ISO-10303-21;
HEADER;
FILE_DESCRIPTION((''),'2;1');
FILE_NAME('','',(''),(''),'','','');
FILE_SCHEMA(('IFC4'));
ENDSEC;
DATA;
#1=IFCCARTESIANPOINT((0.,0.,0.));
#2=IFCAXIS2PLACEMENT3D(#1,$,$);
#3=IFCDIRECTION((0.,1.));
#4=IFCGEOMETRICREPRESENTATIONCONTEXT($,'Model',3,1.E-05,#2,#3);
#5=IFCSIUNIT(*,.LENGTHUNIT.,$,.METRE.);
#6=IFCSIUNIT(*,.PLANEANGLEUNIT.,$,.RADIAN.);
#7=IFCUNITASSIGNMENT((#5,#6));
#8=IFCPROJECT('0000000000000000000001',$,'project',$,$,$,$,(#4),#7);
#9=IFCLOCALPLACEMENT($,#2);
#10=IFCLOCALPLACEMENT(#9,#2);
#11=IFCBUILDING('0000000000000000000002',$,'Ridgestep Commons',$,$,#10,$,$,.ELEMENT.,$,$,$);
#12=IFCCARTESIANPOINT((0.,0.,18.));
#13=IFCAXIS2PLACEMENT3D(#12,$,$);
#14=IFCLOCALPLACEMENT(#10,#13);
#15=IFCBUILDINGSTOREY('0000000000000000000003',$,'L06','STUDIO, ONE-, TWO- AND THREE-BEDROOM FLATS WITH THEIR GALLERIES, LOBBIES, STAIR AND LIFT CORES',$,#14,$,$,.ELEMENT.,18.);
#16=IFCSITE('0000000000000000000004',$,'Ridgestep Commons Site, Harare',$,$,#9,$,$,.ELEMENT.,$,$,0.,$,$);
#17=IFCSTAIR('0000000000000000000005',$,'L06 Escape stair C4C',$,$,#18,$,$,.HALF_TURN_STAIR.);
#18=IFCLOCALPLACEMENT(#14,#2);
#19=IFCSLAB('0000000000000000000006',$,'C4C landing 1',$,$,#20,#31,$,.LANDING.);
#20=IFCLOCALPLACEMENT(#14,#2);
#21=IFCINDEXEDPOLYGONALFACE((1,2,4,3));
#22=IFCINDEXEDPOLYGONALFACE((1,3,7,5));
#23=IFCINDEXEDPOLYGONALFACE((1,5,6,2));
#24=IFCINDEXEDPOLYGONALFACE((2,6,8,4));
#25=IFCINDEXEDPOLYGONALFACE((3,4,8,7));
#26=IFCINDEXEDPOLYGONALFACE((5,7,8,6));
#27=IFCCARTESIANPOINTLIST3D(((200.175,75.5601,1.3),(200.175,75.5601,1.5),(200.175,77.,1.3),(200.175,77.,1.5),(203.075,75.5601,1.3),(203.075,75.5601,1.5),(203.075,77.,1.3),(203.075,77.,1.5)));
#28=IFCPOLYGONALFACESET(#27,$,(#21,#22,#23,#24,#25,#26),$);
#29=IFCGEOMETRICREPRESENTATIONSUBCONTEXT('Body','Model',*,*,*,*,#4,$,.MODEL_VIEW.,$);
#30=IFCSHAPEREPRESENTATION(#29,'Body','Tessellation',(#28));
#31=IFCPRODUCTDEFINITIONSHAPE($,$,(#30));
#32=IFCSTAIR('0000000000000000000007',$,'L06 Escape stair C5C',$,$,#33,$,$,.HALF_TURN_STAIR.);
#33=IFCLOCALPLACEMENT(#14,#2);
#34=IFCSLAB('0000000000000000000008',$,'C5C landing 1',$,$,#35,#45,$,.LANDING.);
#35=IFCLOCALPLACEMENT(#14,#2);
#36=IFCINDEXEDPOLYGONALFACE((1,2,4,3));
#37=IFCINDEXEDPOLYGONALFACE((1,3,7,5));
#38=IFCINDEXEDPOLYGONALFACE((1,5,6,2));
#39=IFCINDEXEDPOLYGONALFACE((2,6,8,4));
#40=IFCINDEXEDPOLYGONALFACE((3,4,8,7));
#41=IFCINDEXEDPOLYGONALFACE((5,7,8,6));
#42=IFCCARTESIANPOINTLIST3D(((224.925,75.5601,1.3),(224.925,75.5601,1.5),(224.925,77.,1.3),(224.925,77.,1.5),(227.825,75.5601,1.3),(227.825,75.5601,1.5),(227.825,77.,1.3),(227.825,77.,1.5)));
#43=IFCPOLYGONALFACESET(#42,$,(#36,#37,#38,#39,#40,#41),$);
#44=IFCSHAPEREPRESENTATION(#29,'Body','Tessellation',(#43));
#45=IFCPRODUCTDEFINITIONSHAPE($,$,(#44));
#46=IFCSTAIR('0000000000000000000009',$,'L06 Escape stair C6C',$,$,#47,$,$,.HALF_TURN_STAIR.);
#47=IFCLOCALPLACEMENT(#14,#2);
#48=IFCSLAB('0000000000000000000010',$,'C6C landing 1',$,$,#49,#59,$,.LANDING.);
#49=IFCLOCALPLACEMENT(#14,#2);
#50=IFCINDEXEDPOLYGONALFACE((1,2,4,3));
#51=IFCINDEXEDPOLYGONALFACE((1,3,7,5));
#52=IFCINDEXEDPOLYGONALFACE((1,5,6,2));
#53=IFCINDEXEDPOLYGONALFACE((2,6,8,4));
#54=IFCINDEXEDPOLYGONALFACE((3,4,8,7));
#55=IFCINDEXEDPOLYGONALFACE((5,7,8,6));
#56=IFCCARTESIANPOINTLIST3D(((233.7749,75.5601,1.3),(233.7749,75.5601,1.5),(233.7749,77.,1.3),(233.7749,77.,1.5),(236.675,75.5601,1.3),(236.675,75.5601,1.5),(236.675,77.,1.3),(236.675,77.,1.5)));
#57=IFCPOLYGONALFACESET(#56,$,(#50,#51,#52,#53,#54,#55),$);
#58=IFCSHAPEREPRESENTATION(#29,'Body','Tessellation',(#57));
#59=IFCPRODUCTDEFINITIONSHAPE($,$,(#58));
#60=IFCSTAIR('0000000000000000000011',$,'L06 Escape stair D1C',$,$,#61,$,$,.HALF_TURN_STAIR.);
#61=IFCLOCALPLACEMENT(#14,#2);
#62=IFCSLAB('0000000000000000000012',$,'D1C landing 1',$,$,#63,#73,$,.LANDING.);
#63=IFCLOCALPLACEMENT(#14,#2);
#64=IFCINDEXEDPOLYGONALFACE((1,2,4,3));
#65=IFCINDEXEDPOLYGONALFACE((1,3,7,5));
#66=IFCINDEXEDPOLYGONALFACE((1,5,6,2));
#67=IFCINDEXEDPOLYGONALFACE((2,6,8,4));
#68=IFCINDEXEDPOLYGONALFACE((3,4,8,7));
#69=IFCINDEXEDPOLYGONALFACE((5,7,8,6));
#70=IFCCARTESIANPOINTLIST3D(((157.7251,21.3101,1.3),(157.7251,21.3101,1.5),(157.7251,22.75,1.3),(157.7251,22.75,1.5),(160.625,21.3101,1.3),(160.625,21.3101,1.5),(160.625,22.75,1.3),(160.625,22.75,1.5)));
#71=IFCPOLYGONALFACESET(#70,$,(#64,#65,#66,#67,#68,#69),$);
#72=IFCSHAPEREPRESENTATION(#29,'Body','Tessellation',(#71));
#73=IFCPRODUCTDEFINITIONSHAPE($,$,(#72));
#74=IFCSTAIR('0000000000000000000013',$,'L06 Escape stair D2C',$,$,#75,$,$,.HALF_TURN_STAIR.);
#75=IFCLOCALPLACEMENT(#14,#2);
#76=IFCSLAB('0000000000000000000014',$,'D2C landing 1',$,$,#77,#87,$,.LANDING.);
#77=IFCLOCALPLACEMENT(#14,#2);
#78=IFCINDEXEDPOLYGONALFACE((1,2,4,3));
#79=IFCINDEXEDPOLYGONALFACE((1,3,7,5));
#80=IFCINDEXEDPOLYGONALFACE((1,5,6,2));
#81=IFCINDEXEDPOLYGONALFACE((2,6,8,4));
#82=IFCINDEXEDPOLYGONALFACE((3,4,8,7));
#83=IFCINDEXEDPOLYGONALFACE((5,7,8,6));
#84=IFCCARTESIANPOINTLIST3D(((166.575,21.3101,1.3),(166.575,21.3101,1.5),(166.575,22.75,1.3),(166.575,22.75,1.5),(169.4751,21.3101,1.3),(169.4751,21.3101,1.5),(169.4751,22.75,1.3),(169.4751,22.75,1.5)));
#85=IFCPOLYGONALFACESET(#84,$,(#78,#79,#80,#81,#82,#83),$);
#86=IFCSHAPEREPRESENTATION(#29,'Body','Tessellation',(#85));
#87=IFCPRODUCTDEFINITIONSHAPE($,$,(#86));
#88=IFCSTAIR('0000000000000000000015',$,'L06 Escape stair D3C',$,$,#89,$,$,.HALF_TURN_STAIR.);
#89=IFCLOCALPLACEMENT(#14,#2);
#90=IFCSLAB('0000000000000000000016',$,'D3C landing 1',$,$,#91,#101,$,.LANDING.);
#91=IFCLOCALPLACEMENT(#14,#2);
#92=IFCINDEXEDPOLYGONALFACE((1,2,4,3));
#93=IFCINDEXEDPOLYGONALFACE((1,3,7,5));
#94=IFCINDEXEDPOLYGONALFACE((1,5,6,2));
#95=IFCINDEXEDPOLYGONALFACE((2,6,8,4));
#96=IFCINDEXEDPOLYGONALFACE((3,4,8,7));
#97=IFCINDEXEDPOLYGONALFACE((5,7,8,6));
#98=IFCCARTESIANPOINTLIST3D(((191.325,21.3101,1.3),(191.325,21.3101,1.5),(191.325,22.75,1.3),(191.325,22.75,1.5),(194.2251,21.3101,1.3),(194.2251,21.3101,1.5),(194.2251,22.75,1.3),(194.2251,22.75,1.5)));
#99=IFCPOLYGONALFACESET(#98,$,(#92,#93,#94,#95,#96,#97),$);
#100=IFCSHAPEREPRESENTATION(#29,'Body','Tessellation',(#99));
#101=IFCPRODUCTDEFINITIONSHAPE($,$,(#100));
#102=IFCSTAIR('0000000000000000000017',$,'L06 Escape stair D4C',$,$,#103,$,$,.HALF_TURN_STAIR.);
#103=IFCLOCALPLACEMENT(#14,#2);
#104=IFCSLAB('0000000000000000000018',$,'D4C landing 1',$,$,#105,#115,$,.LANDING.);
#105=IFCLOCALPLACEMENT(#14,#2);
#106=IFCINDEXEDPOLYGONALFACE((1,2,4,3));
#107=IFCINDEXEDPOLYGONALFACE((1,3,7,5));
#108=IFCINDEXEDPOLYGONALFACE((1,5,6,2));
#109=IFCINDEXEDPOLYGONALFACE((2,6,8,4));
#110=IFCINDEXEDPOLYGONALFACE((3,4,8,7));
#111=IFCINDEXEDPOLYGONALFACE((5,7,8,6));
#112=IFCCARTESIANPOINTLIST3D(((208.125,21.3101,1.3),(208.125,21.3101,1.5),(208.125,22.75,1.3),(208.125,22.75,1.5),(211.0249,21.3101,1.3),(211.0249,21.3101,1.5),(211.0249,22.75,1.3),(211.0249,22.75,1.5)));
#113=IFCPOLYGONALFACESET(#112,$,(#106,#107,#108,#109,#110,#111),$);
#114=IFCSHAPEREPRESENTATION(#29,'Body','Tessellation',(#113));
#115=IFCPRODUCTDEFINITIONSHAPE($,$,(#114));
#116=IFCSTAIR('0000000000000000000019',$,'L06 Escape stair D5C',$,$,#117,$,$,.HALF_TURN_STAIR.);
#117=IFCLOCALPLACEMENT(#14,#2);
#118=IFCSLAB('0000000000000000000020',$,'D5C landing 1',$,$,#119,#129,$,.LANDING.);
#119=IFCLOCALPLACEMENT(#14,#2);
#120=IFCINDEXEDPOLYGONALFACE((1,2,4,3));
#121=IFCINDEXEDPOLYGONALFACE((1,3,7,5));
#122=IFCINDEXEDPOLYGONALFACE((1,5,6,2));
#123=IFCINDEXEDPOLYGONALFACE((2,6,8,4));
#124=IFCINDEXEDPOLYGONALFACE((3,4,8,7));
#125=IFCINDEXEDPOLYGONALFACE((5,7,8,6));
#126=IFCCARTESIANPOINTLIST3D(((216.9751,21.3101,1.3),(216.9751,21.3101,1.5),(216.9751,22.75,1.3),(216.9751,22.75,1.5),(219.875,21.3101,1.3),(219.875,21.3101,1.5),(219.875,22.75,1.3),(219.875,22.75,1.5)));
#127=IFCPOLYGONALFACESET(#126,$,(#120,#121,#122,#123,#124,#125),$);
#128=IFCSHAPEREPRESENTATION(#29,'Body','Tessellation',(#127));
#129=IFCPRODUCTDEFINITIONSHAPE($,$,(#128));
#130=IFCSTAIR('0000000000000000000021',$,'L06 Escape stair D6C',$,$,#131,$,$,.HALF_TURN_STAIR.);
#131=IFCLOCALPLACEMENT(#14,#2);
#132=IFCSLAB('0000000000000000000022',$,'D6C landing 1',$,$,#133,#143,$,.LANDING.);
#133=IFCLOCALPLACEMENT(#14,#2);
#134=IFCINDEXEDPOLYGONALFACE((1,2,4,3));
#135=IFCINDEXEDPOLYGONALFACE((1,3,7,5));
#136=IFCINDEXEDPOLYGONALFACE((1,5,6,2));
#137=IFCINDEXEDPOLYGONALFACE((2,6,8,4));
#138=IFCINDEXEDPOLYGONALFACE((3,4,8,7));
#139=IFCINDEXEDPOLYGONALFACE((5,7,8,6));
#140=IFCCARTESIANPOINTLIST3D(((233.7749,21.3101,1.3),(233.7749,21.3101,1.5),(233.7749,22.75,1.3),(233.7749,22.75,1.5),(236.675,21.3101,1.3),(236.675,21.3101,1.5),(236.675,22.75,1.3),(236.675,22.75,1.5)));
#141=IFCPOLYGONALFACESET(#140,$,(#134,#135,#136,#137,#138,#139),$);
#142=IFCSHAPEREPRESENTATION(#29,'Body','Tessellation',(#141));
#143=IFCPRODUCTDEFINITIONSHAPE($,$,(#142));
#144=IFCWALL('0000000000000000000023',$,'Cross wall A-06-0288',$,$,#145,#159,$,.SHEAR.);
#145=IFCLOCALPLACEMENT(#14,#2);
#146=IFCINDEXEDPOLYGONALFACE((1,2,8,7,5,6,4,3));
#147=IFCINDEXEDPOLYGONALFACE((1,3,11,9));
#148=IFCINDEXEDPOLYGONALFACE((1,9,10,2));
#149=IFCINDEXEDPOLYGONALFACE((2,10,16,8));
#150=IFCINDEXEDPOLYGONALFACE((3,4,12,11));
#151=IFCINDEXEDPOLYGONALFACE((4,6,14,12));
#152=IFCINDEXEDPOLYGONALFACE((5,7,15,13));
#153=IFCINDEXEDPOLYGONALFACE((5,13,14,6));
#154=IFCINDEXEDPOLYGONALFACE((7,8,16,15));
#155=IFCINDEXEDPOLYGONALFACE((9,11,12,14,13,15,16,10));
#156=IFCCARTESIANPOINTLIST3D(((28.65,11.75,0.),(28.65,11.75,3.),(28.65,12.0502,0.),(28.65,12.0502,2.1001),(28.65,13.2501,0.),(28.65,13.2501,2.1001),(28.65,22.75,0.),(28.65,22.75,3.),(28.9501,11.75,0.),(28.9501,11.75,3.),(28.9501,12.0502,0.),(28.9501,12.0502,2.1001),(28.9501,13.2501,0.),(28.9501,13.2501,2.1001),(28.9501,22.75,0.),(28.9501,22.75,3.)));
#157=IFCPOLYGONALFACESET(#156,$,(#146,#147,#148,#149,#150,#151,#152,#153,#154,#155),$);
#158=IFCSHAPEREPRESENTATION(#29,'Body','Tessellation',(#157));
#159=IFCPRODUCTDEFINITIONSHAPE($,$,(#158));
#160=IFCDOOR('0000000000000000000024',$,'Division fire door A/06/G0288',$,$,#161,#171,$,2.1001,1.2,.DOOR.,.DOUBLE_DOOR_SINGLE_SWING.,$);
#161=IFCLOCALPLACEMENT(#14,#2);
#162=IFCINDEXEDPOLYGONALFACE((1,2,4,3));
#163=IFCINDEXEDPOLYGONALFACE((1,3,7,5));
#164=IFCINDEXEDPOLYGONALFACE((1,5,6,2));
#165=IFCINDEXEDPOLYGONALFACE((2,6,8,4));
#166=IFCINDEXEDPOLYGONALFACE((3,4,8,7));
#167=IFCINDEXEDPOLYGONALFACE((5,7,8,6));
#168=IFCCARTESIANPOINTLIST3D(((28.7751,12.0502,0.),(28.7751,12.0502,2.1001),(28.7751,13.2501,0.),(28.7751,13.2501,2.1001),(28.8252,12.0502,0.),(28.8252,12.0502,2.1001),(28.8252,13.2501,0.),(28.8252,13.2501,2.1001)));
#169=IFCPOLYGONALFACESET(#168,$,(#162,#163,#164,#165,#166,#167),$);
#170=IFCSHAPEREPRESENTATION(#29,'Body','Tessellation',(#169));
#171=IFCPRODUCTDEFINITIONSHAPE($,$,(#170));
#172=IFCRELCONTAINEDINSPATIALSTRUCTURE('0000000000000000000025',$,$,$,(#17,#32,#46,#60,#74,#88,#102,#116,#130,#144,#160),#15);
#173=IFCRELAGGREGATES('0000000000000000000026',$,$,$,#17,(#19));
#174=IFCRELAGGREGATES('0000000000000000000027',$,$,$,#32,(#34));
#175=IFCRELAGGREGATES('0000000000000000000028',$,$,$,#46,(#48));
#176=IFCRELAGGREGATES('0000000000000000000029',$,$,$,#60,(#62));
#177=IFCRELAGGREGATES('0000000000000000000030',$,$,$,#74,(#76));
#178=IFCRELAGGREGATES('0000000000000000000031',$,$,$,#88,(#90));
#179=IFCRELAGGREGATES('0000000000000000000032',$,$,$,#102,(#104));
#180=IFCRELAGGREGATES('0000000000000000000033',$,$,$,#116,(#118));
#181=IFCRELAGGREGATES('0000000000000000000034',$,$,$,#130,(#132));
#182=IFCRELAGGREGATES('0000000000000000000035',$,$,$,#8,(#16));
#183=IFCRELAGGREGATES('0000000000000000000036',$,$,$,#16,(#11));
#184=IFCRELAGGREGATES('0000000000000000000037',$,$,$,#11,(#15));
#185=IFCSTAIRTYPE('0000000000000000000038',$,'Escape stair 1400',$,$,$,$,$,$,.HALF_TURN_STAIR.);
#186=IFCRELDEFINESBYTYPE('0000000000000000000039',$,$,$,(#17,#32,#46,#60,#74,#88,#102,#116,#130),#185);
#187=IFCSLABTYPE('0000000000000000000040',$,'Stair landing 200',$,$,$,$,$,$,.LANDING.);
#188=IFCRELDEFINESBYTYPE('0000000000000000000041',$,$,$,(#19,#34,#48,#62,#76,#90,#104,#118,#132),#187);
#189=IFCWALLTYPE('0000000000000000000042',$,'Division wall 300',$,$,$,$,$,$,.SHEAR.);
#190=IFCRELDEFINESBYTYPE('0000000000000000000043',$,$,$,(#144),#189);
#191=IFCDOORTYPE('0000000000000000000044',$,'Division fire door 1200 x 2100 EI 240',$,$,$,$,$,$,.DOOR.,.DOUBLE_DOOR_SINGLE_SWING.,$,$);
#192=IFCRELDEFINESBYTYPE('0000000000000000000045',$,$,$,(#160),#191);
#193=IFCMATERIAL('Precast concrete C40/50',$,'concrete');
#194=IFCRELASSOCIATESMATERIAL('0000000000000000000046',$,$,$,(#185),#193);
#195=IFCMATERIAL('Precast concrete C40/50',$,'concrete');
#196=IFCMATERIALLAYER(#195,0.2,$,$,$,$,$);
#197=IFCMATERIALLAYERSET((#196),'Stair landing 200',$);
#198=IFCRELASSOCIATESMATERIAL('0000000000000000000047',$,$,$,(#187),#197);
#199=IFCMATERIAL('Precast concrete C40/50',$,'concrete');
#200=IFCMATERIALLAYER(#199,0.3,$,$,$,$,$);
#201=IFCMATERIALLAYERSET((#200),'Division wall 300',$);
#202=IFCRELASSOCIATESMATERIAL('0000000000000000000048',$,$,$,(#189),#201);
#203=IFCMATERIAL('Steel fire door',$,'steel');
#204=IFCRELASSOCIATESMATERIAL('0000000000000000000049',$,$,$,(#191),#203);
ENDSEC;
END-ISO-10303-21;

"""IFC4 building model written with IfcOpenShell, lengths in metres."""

from ifc_helpers import new_model, si_unit, direction, frame, frame_2d, origin, place, context, subcontext, project, spatial, polyline, rectangle, outline, extrude, material, layer, layer_set, type_object, element, fill, aggregate, save


model = new_model("IFC4")

# Units and contexts
model_context = context("Model", 3, precision=1e-05, world=origin(), true_north=direction((0.0, 1.0)))
body_context = subcontext(model_context, "Body", "Model", "MODEL_VIEW")
ifc_project = project(units=[si_unit("LENGTHUNIT", "METRE"), si_unit("PLANEANGLEUNIT", "RADIAN")], contexts=[model_context])

# Site, building, storey
site_placement = place(None, origin())
site = spatial("IfcSite", under=ifc_project, at=site_placement, Name="Ridgestep Commons Site, Harare", CompositionType="ELEMENT", RefElevation=0.0)
building_placement = place(site_placement, origin())
building = spatial("IfcBuilding", under=site, at=building_placement, Name="Ridgestep Commons", CompositionType="ELEMENT")
storey_placement = place(building_placement, frame((0.0, 0.0, 18.0)))
storey = spatial("IfcBuildingStorey", under=building, at=storey_placement, Name="L06", Description="STUDIO, ONE-, TWO- AND THREE-BEDROOM FLATS WITH THEIR GALLERIES, LOBBIES, STAIR AND LIFT CORES", CompositionType="ELEMENT", Elevation=18.0)

# Stairs, slabs
ifc_material_1 = material(Name="Precast concrete C40/50", Category="concrete")
stair_type = type_object("IfcStairType", Name="Escape stair 1400", PredefinedType="HALF_TURN_STAIR", material=ifc_material_1)
ifc_material_2 = material(Name="Precast concrete C40/50", Category="concrete")
ifc_layer_1 = layer(ifc_material_2, 0.2)
ifc_layer_set_1 = layer_set([ifc_layer_1], Name="Stair landing 200")
slab_type = type_object("IfcSlabType", Name="Stair landing 200", PredefinedType="LANDING", material=ifc_layer_set_1)
stair_1_placement = place(storey_placement, origin())
stair_1 = element("IfcStair", 1, at=stair_1_placement, inside=storey, type_object=stair_type, Name="L06 Escape stair C4C", PredefinedType="HALF_TURN_STAIR")
slab_1_placement = place(storey_placement, frame((0.0, 0.0, 1.3)))
slab_1 = element("IfcSlab", 2, at=slab_1_placement, type_object=slab_type, Name="C4C landing 1", PredefinedType="LANDING", context=body_context, shape_type="SweptSolid", body=[
    extrude(outline(polyline([(203.075, 75.5601), (203.075, 77.0), (200.175, 77.0), (200.175, 75.5601), (203.075, 75.5601)])), origin(), (0.0, 0.0, 1.0), 0.2),
])
aggregate(stair_1, [slab_1])
stair_2_placement = place(storey_placement, origin())
stair_2 = element("IfcStair", 3, at=stair_2_placement, inside=storey, type_object=stair_type, Name="L06 Escape stair C5C", PredefinedType="HALF_TURN_STAIR")
slab_2_placement = place(storey_placement, frame((0.0, 0.0, 1.3)))
slab_2 = element("IfcSlab", 4, at=slab_2_placement, type_object=slab_type, Name="C5C landing 1", PredefinedType="LANDING", context=body_context, shape_type="SweptSolid", body=[
    extrude(outline(polyline([(227.825, 75.5601), (227.825, 77.0), (224.925, 77.0), (224.925, 75.5601), (227.825, 75.5601)])), origin(), (0.0, 0.0, 1.0), 0.2),
])
aggregate(stair_2, [slab_2])
stair_3_placement = place(storey_placement, origin())
stair_3 = element("IfcStair", 5, at=stair_3_placement, inside=storey, type_object=stair_type, Name="L06 Escape stair C6C", PredefinedType="HALF_TURN_STAIR")
slab_3_placement = place(storey_placement, frame((0.0, 0.0, 1.3)))
slab_3 = element("IfcSlab", 6, at=slab_3_placement, type_object=slab_type, Name="C6C landing 1", PredefinedType="LANDING", context=body_context, shape_type="SweptSolid", body=[
    extrude(outline(polyline([(236.675, 75.5601), (236.675, 77.0), (233.7749, 77.0), (233.7749, 75.5601), (236.675, 75.5601)])), origin(), (0.0, 0.0, 1.0), 0.2),
])
aggregate(stair_3, [slab_3])
stair_4_placement = place(storey_placement, origin())
stair_4 = element("IfcStair", 7, at=stair_4_placement, inside=storey, type_object=stair_type, Name="L06 Escape stair D1C", PredefinedType="HALF_TURN_STAIR")
slab_4_placement = place(storey_placement, frame((0.0, 0.0, 1.3)))
slab_4 = element("IfcSlab", 8, at=slab_4_placement, type_object=slab_type, Name="D1C landing 1", PredefinedType="LANDING", context=body_context, shape_type="SweptSolid", body=[
    extrude(outline(polyline([(160.625, 21.3101), (160.625, 22.75), (157.7251, 22.75), (157.7251, 21.3101), (160.625, 21.3101)])), origin(), (0.0, 0.0, 1.0), 0.2),
])
aggregate(stair_4, [slab_4])
stair_5_placement = place(storey_placement, origin())
stair_5 = element("IfcStair", 9, at=stair_5_placement, inside=storey, type_object=stair_type, Name="L06 Escape stair D2C", PredefinedType="HALF_TURN_STAIR")
slab_5_placement = place(storey_placement, frame((0.0, 0.0, 1.3)))
slab_5 = element("IfcSlab", 10, at=slab_5_placement, type_object=slab_type, Name="D2C landing 1", PredefinedType="LANDING", context=body_context, shape_type="SweptSolid", body=[
    extrude(outline(polyline([(169.4751, 21.3101), (169.4751, 22.75), (166.575, 22.75), (166.575, 21.3101), (169.4751, 21.3101)])), origin(), (0.0, 0.0, 1.0), 0.2),
])
aggregate(stair_5, [slab_5])
stair_6_placement = place(storey_placement, origin())
stair_6 = element("IfcStair", 11, at=stair_6_placement, inside=storey, type_object=stair_type, Name="L06 Escape stair D3C", PredefinedType="HALF_TURN_STAIR")
slab_6_placement = place(storey_placement, frame((0.0, 0.0, 1.3)))
slab_6 = element("IfcSlab", 12, at=slab_6_placement, type_object=slab_type, Name="D3C landing 1", PredefinedType="LANDING", context=body_context, shape_type="SweptSolid", body=[
    extrude(outline(polyline([(194.2251, 21.3101), (194.2251, 22.75), (191.325, 22.75), (191.325, 21.3101), (194.2251, 21.3101)])), origin(), (0.0, 0.0, 1.0), 0.2),
])
aggregate(stair_6, [slab_6])
stair_7_placement = place(storey_placement, origin())
stair_7 = element("IfcStair", 13, at=stair_7_placement, inside=storey, type_object=stair_type, Name="L06 Escape stair D4C", PredefinedType="HALF_TURN_STAIR")
slab_7_placement = place(storey_placement, frame((0.0, 0.0, 1.3)))
slab_7 = element("IfcSlab", 14, at=slab_7_placement, type_object=slab_type, Name="D4C landing 1", PredefinedType="LANDING", context=body_context, shape_type="SweptSolid", body=[
    extrude(outline(polyline([(211.0249, 21.3101), (211.0249, 22.75), (208.125, 22.75), (208.125, 21.3101), (211.0249, 21.3101)])), origin(), (0.0, 0.0, 1.0), 0.2),
])
aggregate(stair_7, [slab_7])
stair_8_placement = place(storey_placement, origin())
stair_8 = element("IfcStair", 15, at=stair_8_placement, inside=storey, type_object=stair_type, Name="L06 Escape stair D5C", PredefinedType="HALF_TURN_STAIR")
slab_8_placement = place(storey_placement, frame((0.0, 0.0, 1.3)))
slab_8 = element("IfcSlab", 16, at=slab_8_placement, type_object=slab_type, Name="D5C landing 1", PredefinedType="LANDING", context=body_context, shape_type="SweptSolid", body=[
    extrude(outline(polyline([(219.875, 21.3101), (219.875, 22.75), (216.9751, 22.75), (216.9751, 21.3101), (219.875, 21.3101)])), origin(), (0.0, 0.0, 1.0), 0.2),
])
aggregate(stair_8, [slab_8])
stair_9_placement = place(storey_placement, origin())
stair_9 = element("IfcStair", 17, at=stair_9_placement, inside=storey, type_object=stair_type, Name="L06 Escape stair D6C", PredefinedType="HALF_TURN_STAIR")
slab_9_placement = place(storey_placement, frame((0.0, 0.0, 1.3)))
slab_9 = element("IfcSlab", 18, at=slab_9_placement, type_object=slab_type, Name="D6C landing 1", PredefinedType="LANDING", context=body_context, shape_type="SweptSolid", body=[
    extrude(outline(polyline([(236.675, 21.3101), (236.675, 22.75), (233.7749, 22.75), (233.7749, 21.3101), (236.675, 21.3101)])), origin(), (0.0, 0.0, 1.0), 0.2),
])
aggregate(stair_9, [slab_9])

# Wall, opening, door
ifc_material_3 = material(Name="Precast concrete C40/50", Category="concrete")
ifc_layer_2 = layer(ifc_material_3, 0.3)
ifc_layer_set_2 = layer_set([ifc_layer_2], Name="Division wall 300")
wall_type_1 = type_object("IfcWallType", Name="Division wall 300", PredefinedType="SHEAR", material=ifc_layer_set_2)
wall_1_placement = place(storey_placement, frame((28.8, 11.75, 0.0), z_axis=(0.0, 0.0, 1.0), x_axis=(0.0, 1.0, 0.0)))
wall_1 = element("IfcWall", 19, at=wall_1_placement, inside=storey, type_object=wall_type_1, Name="Cross wall A-06-0288", PredefinedType="SHEAR", context=body_context, shape_type="SweptSolid", body=[
    extrude(rectangle(XDim=11.0, YDim=0.3, at=frame_2d((5.5, 0.0))), origin(), (0.0, 0.0, 1.0), 3.0),
])
opening_1_placement = place(wall_1_placement, frame((0.3, 0.0, 0.0)))
opening_1 = element("IfcOpeningElement", 20, at=opening_1_placement, cuts=wall_1, PredefinedType="OPENING", context=body_context, shape_type="SweptSolid", body=[
    extrude(rectangle(XDim=1.2, YDim=2.1001, at=frame_2d((0.6001, 1.05))), frame((0.0, 0.1599, 0.0), z_axis=(0.0, -1.0, 0.0), x_axis=(1.0, 0.0, 0.0)), (0.0, 0.0, 1.0), 0.3201),
])
ifc_material_4 = material(Name="Steel fire door", Category="steel")
door_type = type_object("IfcDoorType", Name="Division fire door 1200 x 2100 EI 240", OperationType="DOUBLE_DOOR_SINGLE_SWING", PredefinedType="DOOR", material=ifc_material_4)
door_placement = place(opening_1_placement, origin())
door = element("IfcDoor", 21, at=door_placement, inside=storey, type_object=door_type, Name="Division fire door A/06/G0288", OperationType="DOUBLE_DOOR_SINGLE_SWING", OverallHeight=2.1001, OverallWidth=1.2, PredefinedType="DOOR", context=body_context, shape_type="SweptSolid", body=[
    extrude(rectangle(XDim=1.2, YDim=2.1001, at=frame_2d((0.6001, 1.05))), frame((0.0, 0.0249, 0.0), z_axis=(0.0, -1.0, 0.0), x_axis=(1.0, 0.0, 0.0)), (0.0, 0.0, 1.0), 0.05),
])
fill(opening_1, door)

save(model, "model.ifc")
